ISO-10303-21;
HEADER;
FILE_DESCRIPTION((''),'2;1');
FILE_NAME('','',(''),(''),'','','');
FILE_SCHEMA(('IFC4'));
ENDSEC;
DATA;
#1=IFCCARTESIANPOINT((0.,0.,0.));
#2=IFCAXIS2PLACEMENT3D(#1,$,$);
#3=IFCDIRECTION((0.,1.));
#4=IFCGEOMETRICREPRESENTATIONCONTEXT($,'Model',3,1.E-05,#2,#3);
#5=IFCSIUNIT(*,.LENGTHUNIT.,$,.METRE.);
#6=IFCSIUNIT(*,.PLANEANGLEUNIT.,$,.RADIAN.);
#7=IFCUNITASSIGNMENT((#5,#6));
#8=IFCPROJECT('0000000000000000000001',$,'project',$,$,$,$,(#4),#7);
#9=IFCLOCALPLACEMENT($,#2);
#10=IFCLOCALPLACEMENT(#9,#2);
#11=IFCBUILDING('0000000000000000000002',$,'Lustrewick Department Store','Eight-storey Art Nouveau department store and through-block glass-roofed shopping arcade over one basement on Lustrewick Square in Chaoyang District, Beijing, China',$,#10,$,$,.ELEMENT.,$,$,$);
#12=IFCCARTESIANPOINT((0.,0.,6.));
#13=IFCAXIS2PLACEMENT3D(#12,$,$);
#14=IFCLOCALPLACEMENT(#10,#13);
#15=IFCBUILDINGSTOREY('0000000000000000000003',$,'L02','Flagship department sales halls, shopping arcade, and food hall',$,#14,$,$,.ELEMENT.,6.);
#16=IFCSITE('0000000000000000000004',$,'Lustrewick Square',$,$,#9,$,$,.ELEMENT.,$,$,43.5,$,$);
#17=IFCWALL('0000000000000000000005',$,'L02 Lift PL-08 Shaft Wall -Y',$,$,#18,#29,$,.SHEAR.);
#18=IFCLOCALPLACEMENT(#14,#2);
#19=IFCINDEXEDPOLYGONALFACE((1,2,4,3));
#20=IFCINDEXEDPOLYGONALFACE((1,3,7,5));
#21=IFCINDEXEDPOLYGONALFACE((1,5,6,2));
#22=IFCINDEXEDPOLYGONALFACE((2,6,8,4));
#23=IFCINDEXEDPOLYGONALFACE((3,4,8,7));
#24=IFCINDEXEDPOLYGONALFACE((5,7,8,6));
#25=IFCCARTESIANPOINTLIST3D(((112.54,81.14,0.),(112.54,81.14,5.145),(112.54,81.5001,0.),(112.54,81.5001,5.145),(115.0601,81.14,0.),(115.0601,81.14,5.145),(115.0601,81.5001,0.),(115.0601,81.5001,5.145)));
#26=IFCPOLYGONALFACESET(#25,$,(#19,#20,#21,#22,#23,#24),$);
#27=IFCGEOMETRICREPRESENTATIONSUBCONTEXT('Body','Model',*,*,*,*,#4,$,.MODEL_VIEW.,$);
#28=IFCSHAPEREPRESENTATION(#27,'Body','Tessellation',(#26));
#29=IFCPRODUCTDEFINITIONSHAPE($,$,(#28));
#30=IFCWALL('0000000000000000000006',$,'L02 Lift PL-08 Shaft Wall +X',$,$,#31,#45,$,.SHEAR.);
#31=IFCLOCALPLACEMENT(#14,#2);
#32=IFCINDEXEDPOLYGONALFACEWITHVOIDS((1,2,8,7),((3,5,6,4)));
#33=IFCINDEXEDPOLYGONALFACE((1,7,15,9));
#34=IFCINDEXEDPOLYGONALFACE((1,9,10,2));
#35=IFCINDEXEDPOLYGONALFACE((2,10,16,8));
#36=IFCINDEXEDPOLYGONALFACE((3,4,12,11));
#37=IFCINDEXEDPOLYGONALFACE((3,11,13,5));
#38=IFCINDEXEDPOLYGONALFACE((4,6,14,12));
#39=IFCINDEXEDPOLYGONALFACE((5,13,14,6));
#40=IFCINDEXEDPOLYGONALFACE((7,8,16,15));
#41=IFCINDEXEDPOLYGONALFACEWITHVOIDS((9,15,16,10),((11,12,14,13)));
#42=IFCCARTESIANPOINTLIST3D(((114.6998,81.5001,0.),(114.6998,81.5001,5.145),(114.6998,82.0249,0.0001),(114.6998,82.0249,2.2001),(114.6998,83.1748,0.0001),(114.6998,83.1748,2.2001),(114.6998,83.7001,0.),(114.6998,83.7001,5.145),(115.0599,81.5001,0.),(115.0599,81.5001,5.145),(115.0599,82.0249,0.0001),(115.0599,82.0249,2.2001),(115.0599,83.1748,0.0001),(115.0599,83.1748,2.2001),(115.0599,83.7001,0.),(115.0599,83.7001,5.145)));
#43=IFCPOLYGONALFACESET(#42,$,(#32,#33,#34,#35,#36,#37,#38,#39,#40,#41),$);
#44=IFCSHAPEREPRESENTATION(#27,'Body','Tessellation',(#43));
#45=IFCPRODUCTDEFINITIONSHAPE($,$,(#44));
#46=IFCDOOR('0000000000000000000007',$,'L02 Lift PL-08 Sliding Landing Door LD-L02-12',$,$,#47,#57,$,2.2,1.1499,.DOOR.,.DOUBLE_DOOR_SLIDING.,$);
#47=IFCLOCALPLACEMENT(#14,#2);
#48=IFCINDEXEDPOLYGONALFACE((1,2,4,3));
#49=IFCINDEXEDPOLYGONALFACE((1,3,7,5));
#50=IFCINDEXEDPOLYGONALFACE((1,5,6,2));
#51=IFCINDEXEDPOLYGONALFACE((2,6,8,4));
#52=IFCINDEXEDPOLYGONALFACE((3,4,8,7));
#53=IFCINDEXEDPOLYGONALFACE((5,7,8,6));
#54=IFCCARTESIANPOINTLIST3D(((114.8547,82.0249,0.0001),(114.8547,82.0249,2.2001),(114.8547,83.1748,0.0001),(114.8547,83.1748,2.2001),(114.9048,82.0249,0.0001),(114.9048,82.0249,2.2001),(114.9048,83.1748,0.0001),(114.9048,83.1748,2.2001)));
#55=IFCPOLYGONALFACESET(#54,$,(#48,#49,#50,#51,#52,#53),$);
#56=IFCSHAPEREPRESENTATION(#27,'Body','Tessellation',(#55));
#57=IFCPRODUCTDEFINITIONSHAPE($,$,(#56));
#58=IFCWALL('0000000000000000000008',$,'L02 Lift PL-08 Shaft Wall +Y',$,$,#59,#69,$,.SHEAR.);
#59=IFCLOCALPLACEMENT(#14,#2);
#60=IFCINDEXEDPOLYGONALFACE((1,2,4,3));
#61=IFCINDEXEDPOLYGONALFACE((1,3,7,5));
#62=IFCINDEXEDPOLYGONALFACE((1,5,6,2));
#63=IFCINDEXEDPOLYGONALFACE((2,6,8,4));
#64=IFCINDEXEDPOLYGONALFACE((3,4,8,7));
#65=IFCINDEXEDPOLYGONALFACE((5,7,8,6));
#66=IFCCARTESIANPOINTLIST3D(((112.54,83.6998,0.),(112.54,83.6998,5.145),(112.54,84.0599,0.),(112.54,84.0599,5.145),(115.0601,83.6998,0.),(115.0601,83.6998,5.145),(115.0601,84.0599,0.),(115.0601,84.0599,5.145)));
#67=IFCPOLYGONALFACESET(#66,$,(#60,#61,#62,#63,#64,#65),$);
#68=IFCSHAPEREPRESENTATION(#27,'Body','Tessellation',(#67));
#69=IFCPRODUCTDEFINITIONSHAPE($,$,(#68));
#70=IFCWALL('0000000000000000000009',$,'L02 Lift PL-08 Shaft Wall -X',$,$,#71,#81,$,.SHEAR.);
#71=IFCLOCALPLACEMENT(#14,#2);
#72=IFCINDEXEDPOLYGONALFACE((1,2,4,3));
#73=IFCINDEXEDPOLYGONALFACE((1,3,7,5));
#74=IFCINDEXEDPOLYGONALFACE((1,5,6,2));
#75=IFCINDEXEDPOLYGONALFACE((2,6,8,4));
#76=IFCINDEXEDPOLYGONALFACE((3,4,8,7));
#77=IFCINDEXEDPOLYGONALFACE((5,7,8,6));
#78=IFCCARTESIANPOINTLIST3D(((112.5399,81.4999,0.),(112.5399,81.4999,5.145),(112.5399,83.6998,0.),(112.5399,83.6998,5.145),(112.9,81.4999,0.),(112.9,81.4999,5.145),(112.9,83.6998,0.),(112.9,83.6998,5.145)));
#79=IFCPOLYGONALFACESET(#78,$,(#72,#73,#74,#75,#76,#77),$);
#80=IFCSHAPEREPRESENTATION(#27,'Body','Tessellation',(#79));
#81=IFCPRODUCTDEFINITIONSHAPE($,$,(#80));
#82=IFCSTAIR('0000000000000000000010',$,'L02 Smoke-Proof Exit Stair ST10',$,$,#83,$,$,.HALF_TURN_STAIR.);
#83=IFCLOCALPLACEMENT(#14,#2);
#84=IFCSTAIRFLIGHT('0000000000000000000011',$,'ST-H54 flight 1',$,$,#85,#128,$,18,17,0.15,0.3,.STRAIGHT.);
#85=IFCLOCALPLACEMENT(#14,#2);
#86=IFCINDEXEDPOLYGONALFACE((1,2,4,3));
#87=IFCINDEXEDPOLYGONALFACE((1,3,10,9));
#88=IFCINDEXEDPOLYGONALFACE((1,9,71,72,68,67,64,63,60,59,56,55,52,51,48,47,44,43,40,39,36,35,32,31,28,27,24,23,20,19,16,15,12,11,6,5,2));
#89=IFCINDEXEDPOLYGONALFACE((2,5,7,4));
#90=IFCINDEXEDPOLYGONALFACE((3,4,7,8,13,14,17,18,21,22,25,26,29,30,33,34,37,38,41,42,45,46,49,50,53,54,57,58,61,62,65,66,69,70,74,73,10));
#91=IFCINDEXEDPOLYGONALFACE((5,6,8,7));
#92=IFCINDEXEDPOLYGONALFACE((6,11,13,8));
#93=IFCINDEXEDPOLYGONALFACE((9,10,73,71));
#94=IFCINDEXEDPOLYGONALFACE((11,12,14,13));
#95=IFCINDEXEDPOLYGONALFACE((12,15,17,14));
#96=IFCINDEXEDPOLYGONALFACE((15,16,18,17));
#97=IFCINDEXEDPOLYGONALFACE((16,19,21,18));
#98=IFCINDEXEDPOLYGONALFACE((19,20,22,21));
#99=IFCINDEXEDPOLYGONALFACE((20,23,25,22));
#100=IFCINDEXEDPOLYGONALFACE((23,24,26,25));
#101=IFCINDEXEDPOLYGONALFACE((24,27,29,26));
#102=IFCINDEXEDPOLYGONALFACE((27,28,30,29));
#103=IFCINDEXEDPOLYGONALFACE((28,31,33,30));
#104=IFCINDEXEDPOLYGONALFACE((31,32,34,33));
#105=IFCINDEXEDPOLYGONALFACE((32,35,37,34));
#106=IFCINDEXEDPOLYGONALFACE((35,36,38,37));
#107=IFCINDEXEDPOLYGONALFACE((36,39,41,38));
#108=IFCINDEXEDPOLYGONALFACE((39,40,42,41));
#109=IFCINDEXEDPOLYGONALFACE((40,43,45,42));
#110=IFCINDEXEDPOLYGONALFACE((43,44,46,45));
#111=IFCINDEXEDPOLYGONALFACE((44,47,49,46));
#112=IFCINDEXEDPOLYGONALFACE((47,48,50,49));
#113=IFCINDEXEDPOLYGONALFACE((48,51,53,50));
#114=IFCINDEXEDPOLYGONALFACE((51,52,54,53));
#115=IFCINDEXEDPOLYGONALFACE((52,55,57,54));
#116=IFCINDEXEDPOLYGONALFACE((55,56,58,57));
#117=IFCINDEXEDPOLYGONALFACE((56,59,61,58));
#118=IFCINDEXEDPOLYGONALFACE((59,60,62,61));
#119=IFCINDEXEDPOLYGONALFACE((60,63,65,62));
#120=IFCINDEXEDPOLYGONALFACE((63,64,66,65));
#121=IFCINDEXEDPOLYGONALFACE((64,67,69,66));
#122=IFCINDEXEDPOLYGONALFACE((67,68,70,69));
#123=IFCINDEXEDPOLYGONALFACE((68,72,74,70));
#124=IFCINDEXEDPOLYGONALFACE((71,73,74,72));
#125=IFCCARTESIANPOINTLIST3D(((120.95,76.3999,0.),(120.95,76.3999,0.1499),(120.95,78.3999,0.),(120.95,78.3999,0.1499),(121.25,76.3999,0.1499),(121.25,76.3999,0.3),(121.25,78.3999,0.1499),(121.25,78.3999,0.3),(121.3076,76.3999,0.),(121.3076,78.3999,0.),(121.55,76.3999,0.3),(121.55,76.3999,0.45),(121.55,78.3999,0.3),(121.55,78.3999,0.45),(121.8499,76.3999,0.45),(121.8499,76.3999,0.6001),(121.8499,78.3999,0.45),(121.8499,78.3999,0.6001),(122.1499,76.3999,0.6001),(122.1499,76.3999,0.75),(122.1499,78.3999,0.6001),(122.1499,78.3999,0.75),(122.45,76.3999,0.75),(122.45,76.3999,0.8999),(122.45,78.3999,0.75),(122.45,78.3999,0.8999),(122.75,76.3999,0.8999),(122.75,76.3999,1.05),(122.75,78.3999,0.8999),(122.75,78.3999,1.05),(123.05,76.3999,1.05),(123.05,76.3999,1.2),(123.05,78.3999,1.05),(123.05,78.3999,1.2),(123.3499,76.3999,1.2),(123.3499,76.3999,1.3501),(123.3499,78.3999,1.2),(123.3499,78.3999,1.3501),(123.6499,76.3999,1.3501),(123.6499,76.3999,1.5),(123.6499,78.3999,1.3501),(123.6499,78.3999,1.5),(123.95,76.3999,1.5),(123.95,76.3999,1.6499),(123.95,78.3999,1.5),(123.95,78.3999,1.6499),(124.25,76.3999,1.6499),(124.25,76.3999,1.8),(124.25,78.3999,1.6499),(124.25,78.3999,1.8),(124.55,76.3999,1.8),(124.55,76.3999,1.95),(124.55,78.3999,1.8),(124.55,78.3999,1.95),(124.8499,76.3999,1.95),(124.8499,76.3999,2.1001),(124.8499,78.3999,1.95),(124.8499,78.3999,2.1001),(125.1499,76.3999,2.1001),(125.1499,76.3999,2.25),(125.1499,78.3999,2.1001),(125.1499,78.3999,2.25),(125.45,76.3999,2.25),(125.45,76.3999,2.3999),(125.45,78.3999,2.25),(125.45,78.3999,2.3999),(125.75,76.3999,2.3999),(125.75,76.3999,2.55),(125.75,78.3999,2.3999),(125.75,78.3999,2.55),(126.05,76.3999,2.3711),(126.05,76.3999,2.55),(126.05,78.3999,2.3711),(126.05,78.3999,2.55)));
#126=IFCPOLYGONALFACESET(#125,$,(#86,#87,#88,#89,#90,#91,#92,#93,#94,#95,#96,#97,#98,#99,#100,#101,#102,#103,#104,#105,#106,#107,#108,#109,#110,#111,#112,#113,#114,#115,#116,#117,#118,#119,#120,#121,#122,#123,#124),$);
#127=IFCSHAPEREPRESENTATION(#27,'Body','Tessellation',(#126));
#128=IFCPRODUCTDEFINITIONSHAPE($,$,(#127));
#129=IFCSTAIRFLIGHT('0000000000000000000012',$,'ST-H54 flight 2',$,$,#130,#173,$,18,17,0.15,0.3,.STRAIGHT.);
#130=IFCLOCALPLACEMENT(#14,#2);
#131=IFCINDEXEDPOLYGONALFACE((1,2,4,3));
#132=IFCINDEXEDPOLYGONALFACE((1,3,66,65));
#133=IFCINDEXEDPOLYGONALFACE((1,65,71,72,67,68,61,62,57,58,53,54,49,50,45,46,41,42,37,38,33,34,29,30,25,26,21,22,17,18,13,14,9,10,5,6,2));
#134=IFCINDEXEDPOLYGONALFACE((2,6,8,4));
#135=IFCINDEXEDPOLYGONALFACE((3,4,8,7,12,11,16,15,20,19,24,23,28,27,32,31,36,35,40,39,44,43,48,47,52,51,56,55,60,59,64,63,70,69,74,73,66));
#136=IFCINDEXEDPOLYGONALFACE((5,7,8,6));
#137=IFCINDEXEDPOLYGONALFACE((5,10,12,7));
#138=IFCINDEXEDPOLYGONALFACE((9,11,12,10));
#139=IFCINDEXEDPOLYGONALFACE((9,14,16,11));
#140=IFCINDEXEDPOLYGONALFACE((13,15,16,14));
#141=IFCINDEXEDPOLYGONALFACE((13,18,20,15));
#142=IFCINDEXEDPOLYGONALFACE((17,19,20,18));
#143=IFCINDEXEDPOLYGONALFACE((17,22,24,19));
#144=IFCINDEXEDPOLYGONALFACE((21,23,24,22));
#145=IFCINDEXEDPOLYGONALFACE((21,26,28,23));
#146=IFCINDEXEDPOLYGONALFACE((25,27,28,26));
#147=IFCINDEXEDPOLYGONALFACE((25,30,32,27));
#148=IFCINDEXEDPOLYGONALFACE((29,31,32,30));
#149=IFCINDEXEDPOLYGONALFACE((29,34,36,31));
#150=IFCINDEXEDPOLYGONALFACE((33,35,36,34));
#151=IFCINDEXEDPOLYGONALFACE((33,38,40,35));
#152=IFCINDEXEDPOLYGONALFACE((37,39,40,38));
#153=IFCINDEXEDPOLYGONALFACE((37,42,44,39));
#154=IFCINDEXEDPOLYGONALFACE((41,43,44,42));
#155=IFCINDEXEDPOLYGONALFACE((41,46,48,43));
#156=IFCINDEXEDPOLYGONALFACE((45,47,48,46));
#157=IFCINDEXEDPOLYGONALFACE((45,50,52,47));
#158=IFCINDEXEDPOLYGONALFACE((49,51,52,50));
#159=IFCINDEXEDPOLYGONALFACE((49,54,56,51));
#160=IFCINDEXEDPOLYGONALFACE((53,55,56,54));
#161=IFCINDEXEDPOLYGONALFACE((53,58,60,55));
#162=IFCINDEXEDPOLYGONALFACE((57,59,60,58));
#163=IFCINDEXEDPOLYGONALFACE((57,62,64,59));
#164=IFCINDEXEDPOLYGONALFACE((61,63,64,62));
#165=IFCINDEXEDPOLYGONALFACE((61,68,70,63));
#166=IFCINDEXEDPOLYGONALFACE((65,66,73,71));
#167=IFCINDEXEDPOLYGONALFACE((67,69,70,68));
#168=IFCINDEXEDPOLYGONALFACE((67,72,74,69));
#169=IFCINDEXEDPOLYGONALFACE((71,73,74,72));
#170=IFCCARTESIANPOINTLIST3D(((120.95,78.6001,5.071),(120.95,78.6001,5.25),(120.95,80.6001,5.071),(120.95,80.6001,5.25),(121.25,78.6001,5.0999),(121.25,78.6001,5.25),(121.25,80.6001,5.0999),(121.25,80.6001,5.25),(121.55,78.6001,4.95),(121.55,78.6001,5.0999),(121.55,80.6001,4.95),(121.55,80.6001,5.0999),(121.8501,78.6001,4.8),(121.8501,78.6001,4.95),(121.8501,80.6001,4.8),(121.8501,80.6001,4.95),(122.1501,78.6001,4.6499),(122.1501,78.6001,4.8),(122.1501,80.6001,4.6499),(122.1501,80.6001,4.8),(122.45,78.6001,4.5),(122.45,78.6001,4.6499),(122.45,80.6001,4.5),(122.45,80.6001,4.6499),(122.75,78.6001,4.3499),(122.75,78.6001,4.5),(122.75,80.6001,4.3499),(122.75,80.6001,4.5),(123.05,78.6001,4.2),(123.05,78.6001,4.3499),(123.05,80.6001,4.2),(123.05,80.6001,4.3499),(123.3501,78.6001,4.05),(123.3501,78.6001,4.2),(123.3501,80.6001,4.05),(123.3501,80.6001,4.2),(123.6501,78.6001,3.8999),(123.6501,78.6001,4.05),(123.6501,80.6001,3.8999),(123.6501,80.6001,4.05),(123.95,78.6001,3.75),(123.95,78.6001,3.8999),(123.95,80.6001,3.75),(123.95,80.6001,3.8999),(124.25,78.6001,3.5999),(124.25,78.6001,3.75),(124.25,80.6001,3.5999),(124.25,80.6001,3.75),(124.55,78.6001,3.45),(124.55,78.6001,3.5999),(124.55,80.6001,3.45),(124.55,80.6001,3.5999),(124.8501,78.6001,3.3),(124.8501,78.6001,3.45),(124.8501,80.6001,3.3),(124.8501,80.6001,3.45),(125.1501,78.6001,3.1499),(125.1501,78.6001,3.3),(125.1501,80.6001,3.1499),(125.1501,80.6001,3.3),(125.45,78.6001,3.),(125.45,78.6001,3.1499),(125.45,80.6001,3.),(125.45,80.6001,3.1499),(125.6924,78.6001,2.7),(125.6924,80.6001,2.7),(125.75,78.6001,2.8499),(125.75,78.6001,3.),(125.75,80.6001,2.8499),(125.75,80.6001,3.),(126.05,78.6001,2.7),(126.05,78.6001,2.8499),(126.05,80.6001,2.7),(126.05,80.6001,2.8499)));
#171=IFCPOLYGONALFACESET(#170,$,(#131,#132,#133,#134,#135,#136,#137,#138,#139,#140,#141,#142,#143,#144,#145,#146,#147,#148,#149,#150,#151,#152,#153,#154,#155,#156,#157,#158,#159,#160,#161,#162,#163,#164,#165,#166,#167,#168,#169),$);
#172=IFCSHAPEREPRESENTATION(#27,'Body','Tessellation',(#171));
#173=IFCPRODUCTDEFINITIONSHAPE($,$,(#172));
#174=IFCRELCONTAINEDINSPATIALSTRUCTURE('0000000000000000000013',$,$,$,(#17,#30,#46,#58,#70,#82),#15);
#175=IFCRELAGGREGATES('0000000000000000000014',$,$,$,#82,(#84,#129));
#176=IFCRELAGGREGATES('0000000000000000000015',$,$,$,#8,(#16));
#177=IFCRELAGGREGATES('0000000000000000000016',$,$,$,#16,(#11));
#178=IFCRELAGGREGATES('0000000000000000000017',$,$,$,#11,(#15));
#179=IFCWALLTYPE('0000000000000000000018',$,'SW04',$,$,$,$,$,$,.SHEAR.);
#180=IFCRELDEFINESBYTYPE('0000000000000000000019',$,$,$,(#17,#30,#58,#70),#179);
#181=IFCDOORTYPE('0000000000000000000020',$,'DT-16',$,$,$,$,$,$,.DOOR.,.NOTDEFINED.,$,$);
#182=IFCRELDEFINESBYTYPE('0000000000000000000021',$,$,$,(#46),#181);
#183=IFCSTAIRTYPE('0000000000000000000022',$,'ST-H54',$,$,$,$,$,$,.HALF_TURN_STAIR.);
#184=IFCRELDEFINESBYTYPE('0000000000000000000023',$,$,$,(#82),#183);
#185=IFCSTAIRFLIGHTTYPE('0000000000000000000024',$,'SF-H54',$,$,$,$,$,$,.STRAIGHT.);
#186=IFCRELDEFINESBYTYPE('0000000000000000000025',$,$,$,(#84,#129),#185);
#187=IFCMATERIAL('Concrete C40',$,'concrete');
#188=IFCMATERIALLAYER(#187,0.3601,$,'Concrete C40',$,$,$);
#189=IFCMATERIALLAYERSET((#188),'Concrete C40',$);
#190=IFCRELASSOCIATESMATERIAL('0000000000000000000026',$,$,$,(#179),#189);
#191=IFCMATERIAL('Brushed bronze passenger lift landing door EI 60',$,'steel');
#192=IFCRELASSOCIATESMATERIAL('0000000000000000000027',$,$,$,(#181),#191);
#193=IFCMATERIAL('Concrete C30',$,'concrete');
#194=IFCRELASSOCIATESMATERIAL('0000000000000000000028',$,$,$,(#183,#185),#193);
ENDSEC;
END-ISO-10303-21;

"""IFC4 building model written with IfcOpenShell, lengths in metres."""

from ifc_helpers import new_model, si_unit, direction, frame, frame_2d, origin, place, context, subcontext, project, spatial, polyline, rectangle, outline, extrude, material, layer, layer_set, type_object, element, fill, aggregate, save


model = new_model("IFC4")

# Units and contexts
model_context = context("Model", 3, precision=1e-05, world=origin(), true_north=direction((0.0, 1.0)))
body_context = subcontext(model_context, "Body", "Model", "MODEL_VIEW")
ifc_project = project(units=[si_unit("LENGTHUNIT", "METRE"), si_unit("PLANEANGLEUNIT", "RADIAN")], contexts=[model_context])

# Site, building, storey
site_placement = place(None, origin())
site = spatial("IfcSite", under=ifc_project, at=site_placement, Name="Lustrewick Square", CompositionType="ELEMENT", RefElevation=43.5)
building_placement = place(site_placement, origin())
building = spatial("IfcBuilding", under=site, at=building_placement, Name="Lustrewick Department Store", Description="Eight-storey Art Nouveau department store and through-block glass-roofed shopping arcade over one basement on Lustrewick Square in Chaoyang District, Beijing, China", CompositionType="ELEMENT")
storey_placement = place(building_placement, frame((0.0, 0.0, 6.0)))
storey = spatial("IfcBuildingStorey", under=building, at=storey_placement, Name="L02", Description="Flagship department sales halls, shopping arcade, and food hall", CompositionType="ELEMENT", Elevation=6.0)

# Shared definitions
ifc_material_1 = material(Name="Concrete C40", Category="concrete")

# Shared definitions
ifc_layer_1 = layer(ifc_material_1, 0.3601, Name="Concrete C40")
ifc_layer_set_1 = layer_set([ifc_layer_1], Name="Concrete C40")
wall_type_1 = type_object("IfcWallType", Name="SW04", PredefinedType="SHEAR", material=ifc_layer_set_1)

# Shared definitions
ifc_material_2 = material(Name="Brushed bronze passenger lift landing door EI 60", Category="steel")
door_type_1 = type_object("IfcDoorType", Name="DT-16", OperationType="NOTDEFINED", PredefinedType="DOOR", material=ifc_material_2)

# Wall
wall_1_placement = place(storey_placement, frame((112.54, 81.3201, 0.0), z_axis=(0.0, 0.0, 1.0), x_axis=(1.0, 0.0, 0.0)))
element("IfcWall", 1, at=wall_1_placement, inside=storey, type_object=wall_type_1, Name="L02 Lift PL-08 Shaft Wall -Y", PredefinedType="SHEAR", context=body_context, shape_type="SweptSolid", body=[
    extrude(rectangle(XDim=2.52, YDim=0.3601, at=frame_2d((1.26, 0.0))), origin(), (0.0, 0.0, 1.0), 5.145),
])

# Wall, opening, door
wall_2_placement = place(storey_placement, frame((114.8799, 81.5, 0.0), z_axis=(0.0, 0.0, 1.0), x_axis=(0.0, 1.0, 0.0)))
wall_2 = element("IfcWall", 2, at=wall_2_placement, inside=storey, type_object=wall_type_1, Name="L02 Lift PL-08 Shaft Wall +X", PredefinedType="SHEAR", context=body_context, shape_type="SweptSolid", body=[
    extrude(rectangle(XDim=2.2, YDim=0.3601, at=frame_2d((1.1001, 0.0))), origin(), (0.0, 0.0, 1.0), 5.145),
])
opening_1_placement = place(wall_2_placement, frame((0.5249, 0.0, 0.0)))
opening_1 = element("IfcOpeningElement", 3, at=opening_1_placement, cuts=wall_2, PredefinedType="OPENING", context=body_context, shape_type="SweptSolid", body=[
    extrude(rectangle(XDim=1.1499, YDim=2.2, at=frame_2d((0.575, 1.1001))), frame((0.0, 0.1899, 0.0), z_axis=(0.0, -1.0, 0.0), x_axis=(1.0, 0.0, 0.0)), (0.0, 0.0, 1.0), 0.3801),
])
door_1_placement = place(opening_1_placement, frame((1.1499, 0.0, 0.0), z_axis=(0.0, 0.0, 1.0), x_axis=(-1.0, 0.0, 0.0)))
door_1 = element("IfcDoor", 4, at=door_1_placement, inside=storey, type_object=door_type_1, Name="L02 Lift PL-08 Sliding Landing Door LD-L02-12", OperationType="DOUBLE_DOOR_SLIDING", OverallHeight=2.2, OverallWidth=1.1499, PredefinedType="DOOR", context=body_context, shape_type="SweptSolid", body=[
    extrude(rectangle(XDim=1.1499, YDim=2.2, at=frame_2d((0.575, 1.1001))), frame((0.0, 0.0249, 0.0), z_axis=(0.0, -1.0, 0.0), x_axis=(1.0, 0.0, 0.0)), (0.0, 0.0, 1.0), 0.05),
])
fill(opening_1, door_1)

# Walls
wall_3_placement = place(storey_placement, frame((115.0601, 83.8799, 0.0), z_axis=(0.0, 0.0, 1.0), x_axis=(-1.0, 0.0, 0.0)))
element("IfcWall", 5, at=wall_3_placement, inside=storey, type_object=wall_type_1, Name="L02 Lift PL-08 Shaft Wall +Y", PredefinedType="SHEAR", context=body_context, shape_type="SweptSolid", body=[
    extrude(rectangle(XDim=2.52, YDim=0.3601, at=frame_2d((1.26, 0.0))), origin(), (0.0, 0.0, 1.0), 5.145),
])
wall_4_placement = place(storey_placement, frame((112.72, 83.7, 0.0), z_axis=(0.0, 0.0, 1.0), x_axis=(0.0, -1.0, 0.0)))
element("IfcWall", 6, at=wall_4_placement, inside=storey, type_object=wall_type_1, Name="L02 Lift PL-08 Shaft Wall -X", PredefinedType="SHEAR", context=body_context, shape_type="SweptSolid", body=[
    extrude(rectangle(XDim=2.2, YDim=0.3601, at=frame_2d((1.1001, 0.0))), origin(), (0.0, 0.0, 1.0), 5.145),
])

# Stair, stair flights
ifc_material_3 = material(Name="Concrete C30", Category="concrete")
stair_type = type_object("IfcStairType", Name="ST-H54", PredefinedType="HALF_TURN_STAIR", material=ifc_material_3)
stair_placement = place(storey_placement, origin())
stair = element("IfcStair", 7, at=stair_placement, inside=storey, type_object=stair_type, Name="L02 Smoke-Proof Exit Stair ST10", PredefinedType="HALF_TURN_STAIR")
stair_flight_type = type_object("IfcStairFlightType", Name="SF-H54", PredefinedType="STRAIGHT", material=ifc_material_3)
stair_flight_1_placement = place(storey_placement, frame((120.95, 77.3999, 0.0), z_axis=(0.0, 0.0, 1.0), x_axis=(1.0, 0.0, 0.0)))
stair_flight_1 = element("IfcStairFlight", 8, at=stair_flight_1_placement, type_object=stair_flight_type, Name="ST-H54 flight 1", NumberOfRisers=18, NumberOfTreads=17, PredefinedType="STRAIGHT", RiserHeight=0.15, TreadLength=0.3, context=body_context, shape_type="SweptSolid", body=[
    extrude(outline(polyline([(0.0, 0.0), (0.0, 0.1499), (0.3, 0.1499), (0.3, 0.3), (0.6001, 0.3), (0.6001, 0.45), (0.8999, 0.45), (0.8999, 0.6001), (1.2, 0.6001), (1.2, 0.75), (1.5, 0.75), (1.5, 0.8999), (1.8, 0.8999), (1.8, 1.05), (2.1001, 1.05), (2.1001, 1.2), (2.3999, 1.2), (2.3999, 1.3501), (2.7, 1.3501), (2.7, 1.5), (3.0, 1.5), (3.0, 1.6499), (3.3, 1.6499), (3.3, 1.8), (3.6001, 1.8), (3.6001, 1.95), (3.8999, 1.95), (3.8999, 2.1001), (4.2, 2.1001), (4.2, 2.25), (4.5, 2.25), (4.5, 2.3999), (4.8, 2.3999), (4.8, 2.55), (5.1001, 2.55), (5.1001, 2.7), (5.1001, 2.3711), (0.3577, 0.0), (0.0, 0.0)])), frame((0.0, 1.0, 0.0), z_axis=(0.0, -1.0, 0.0), x_axis=(1.0, 0.0, 0.0)), (0.0, 0.0, 1.0), 2.0),
])
stair_flight_2_placement = place(storey_placement, frame((126.05, 79.6001, 2.7), z_axis=(0.0, 0.0, 1.0), x_axis=(-1.0, 0.0, 0.0)))
stair_flight_2 = element("IfcStairFlight", 9, at=stair_flight_2_placement, type_object=stair_flight_type, Name="ST-H54 flight 2", NumberOfRisers=18, NumberOfTreads=17, PredefinedType="STRAIGHT", RiserHeight=0.15, TreadLength=0.3, context=body_context, shape_type="SweptSolid", body=[
    extrude(outline(polyline([(0.0, 0.0), (0.0, 0.1499), (0.3, 0.1499), (0.3, 0.3), (0.6001, 0.3), (0.6001, 0.45), (0.8999, 0.45), (0.8999, 0.6001), (1.2, 0.6001), (1.2, 0.75), (1.5, 0.75), (1.5, 0.8999), (1.8, 0.8999), (1.8, 1.05), (2.1001, 1.05), (2.1001, 1.2), (2.3999, 1.2), (2.3999, 1.3501), (2.7, 1.3501), (2.7, 1.5), (3.0, 1.5), (3.0, 1.6499), (3.3, 1.6499), (3.3, 1.8), (3.6001, 1.8), (3.6001, 1.95), (3.8999, 1.95), (3.8999, 2.1001), (4.2, 2.1001), (4.2, 2.25), (4.5, 2.25), (4.5, 2.3999), (4.8, 2.3999), (4.8, 2.55), (5.1001, 2.55), (5.1001, 2.7), (5.1001, 2.3711), (0.3577, 0.0), (0.0, 0.0)])), frame((0.0, 1.0, 0.0), z_axis=(0.0, -1.0, 0.0), x_axis=(1.0, 0.0, 0.0)), (0.0, 0.0, 1.0), 2.0),
])
aggregate(stair, [stair_flight_1, stair_flight_2])

save(model, "model.ifc")
